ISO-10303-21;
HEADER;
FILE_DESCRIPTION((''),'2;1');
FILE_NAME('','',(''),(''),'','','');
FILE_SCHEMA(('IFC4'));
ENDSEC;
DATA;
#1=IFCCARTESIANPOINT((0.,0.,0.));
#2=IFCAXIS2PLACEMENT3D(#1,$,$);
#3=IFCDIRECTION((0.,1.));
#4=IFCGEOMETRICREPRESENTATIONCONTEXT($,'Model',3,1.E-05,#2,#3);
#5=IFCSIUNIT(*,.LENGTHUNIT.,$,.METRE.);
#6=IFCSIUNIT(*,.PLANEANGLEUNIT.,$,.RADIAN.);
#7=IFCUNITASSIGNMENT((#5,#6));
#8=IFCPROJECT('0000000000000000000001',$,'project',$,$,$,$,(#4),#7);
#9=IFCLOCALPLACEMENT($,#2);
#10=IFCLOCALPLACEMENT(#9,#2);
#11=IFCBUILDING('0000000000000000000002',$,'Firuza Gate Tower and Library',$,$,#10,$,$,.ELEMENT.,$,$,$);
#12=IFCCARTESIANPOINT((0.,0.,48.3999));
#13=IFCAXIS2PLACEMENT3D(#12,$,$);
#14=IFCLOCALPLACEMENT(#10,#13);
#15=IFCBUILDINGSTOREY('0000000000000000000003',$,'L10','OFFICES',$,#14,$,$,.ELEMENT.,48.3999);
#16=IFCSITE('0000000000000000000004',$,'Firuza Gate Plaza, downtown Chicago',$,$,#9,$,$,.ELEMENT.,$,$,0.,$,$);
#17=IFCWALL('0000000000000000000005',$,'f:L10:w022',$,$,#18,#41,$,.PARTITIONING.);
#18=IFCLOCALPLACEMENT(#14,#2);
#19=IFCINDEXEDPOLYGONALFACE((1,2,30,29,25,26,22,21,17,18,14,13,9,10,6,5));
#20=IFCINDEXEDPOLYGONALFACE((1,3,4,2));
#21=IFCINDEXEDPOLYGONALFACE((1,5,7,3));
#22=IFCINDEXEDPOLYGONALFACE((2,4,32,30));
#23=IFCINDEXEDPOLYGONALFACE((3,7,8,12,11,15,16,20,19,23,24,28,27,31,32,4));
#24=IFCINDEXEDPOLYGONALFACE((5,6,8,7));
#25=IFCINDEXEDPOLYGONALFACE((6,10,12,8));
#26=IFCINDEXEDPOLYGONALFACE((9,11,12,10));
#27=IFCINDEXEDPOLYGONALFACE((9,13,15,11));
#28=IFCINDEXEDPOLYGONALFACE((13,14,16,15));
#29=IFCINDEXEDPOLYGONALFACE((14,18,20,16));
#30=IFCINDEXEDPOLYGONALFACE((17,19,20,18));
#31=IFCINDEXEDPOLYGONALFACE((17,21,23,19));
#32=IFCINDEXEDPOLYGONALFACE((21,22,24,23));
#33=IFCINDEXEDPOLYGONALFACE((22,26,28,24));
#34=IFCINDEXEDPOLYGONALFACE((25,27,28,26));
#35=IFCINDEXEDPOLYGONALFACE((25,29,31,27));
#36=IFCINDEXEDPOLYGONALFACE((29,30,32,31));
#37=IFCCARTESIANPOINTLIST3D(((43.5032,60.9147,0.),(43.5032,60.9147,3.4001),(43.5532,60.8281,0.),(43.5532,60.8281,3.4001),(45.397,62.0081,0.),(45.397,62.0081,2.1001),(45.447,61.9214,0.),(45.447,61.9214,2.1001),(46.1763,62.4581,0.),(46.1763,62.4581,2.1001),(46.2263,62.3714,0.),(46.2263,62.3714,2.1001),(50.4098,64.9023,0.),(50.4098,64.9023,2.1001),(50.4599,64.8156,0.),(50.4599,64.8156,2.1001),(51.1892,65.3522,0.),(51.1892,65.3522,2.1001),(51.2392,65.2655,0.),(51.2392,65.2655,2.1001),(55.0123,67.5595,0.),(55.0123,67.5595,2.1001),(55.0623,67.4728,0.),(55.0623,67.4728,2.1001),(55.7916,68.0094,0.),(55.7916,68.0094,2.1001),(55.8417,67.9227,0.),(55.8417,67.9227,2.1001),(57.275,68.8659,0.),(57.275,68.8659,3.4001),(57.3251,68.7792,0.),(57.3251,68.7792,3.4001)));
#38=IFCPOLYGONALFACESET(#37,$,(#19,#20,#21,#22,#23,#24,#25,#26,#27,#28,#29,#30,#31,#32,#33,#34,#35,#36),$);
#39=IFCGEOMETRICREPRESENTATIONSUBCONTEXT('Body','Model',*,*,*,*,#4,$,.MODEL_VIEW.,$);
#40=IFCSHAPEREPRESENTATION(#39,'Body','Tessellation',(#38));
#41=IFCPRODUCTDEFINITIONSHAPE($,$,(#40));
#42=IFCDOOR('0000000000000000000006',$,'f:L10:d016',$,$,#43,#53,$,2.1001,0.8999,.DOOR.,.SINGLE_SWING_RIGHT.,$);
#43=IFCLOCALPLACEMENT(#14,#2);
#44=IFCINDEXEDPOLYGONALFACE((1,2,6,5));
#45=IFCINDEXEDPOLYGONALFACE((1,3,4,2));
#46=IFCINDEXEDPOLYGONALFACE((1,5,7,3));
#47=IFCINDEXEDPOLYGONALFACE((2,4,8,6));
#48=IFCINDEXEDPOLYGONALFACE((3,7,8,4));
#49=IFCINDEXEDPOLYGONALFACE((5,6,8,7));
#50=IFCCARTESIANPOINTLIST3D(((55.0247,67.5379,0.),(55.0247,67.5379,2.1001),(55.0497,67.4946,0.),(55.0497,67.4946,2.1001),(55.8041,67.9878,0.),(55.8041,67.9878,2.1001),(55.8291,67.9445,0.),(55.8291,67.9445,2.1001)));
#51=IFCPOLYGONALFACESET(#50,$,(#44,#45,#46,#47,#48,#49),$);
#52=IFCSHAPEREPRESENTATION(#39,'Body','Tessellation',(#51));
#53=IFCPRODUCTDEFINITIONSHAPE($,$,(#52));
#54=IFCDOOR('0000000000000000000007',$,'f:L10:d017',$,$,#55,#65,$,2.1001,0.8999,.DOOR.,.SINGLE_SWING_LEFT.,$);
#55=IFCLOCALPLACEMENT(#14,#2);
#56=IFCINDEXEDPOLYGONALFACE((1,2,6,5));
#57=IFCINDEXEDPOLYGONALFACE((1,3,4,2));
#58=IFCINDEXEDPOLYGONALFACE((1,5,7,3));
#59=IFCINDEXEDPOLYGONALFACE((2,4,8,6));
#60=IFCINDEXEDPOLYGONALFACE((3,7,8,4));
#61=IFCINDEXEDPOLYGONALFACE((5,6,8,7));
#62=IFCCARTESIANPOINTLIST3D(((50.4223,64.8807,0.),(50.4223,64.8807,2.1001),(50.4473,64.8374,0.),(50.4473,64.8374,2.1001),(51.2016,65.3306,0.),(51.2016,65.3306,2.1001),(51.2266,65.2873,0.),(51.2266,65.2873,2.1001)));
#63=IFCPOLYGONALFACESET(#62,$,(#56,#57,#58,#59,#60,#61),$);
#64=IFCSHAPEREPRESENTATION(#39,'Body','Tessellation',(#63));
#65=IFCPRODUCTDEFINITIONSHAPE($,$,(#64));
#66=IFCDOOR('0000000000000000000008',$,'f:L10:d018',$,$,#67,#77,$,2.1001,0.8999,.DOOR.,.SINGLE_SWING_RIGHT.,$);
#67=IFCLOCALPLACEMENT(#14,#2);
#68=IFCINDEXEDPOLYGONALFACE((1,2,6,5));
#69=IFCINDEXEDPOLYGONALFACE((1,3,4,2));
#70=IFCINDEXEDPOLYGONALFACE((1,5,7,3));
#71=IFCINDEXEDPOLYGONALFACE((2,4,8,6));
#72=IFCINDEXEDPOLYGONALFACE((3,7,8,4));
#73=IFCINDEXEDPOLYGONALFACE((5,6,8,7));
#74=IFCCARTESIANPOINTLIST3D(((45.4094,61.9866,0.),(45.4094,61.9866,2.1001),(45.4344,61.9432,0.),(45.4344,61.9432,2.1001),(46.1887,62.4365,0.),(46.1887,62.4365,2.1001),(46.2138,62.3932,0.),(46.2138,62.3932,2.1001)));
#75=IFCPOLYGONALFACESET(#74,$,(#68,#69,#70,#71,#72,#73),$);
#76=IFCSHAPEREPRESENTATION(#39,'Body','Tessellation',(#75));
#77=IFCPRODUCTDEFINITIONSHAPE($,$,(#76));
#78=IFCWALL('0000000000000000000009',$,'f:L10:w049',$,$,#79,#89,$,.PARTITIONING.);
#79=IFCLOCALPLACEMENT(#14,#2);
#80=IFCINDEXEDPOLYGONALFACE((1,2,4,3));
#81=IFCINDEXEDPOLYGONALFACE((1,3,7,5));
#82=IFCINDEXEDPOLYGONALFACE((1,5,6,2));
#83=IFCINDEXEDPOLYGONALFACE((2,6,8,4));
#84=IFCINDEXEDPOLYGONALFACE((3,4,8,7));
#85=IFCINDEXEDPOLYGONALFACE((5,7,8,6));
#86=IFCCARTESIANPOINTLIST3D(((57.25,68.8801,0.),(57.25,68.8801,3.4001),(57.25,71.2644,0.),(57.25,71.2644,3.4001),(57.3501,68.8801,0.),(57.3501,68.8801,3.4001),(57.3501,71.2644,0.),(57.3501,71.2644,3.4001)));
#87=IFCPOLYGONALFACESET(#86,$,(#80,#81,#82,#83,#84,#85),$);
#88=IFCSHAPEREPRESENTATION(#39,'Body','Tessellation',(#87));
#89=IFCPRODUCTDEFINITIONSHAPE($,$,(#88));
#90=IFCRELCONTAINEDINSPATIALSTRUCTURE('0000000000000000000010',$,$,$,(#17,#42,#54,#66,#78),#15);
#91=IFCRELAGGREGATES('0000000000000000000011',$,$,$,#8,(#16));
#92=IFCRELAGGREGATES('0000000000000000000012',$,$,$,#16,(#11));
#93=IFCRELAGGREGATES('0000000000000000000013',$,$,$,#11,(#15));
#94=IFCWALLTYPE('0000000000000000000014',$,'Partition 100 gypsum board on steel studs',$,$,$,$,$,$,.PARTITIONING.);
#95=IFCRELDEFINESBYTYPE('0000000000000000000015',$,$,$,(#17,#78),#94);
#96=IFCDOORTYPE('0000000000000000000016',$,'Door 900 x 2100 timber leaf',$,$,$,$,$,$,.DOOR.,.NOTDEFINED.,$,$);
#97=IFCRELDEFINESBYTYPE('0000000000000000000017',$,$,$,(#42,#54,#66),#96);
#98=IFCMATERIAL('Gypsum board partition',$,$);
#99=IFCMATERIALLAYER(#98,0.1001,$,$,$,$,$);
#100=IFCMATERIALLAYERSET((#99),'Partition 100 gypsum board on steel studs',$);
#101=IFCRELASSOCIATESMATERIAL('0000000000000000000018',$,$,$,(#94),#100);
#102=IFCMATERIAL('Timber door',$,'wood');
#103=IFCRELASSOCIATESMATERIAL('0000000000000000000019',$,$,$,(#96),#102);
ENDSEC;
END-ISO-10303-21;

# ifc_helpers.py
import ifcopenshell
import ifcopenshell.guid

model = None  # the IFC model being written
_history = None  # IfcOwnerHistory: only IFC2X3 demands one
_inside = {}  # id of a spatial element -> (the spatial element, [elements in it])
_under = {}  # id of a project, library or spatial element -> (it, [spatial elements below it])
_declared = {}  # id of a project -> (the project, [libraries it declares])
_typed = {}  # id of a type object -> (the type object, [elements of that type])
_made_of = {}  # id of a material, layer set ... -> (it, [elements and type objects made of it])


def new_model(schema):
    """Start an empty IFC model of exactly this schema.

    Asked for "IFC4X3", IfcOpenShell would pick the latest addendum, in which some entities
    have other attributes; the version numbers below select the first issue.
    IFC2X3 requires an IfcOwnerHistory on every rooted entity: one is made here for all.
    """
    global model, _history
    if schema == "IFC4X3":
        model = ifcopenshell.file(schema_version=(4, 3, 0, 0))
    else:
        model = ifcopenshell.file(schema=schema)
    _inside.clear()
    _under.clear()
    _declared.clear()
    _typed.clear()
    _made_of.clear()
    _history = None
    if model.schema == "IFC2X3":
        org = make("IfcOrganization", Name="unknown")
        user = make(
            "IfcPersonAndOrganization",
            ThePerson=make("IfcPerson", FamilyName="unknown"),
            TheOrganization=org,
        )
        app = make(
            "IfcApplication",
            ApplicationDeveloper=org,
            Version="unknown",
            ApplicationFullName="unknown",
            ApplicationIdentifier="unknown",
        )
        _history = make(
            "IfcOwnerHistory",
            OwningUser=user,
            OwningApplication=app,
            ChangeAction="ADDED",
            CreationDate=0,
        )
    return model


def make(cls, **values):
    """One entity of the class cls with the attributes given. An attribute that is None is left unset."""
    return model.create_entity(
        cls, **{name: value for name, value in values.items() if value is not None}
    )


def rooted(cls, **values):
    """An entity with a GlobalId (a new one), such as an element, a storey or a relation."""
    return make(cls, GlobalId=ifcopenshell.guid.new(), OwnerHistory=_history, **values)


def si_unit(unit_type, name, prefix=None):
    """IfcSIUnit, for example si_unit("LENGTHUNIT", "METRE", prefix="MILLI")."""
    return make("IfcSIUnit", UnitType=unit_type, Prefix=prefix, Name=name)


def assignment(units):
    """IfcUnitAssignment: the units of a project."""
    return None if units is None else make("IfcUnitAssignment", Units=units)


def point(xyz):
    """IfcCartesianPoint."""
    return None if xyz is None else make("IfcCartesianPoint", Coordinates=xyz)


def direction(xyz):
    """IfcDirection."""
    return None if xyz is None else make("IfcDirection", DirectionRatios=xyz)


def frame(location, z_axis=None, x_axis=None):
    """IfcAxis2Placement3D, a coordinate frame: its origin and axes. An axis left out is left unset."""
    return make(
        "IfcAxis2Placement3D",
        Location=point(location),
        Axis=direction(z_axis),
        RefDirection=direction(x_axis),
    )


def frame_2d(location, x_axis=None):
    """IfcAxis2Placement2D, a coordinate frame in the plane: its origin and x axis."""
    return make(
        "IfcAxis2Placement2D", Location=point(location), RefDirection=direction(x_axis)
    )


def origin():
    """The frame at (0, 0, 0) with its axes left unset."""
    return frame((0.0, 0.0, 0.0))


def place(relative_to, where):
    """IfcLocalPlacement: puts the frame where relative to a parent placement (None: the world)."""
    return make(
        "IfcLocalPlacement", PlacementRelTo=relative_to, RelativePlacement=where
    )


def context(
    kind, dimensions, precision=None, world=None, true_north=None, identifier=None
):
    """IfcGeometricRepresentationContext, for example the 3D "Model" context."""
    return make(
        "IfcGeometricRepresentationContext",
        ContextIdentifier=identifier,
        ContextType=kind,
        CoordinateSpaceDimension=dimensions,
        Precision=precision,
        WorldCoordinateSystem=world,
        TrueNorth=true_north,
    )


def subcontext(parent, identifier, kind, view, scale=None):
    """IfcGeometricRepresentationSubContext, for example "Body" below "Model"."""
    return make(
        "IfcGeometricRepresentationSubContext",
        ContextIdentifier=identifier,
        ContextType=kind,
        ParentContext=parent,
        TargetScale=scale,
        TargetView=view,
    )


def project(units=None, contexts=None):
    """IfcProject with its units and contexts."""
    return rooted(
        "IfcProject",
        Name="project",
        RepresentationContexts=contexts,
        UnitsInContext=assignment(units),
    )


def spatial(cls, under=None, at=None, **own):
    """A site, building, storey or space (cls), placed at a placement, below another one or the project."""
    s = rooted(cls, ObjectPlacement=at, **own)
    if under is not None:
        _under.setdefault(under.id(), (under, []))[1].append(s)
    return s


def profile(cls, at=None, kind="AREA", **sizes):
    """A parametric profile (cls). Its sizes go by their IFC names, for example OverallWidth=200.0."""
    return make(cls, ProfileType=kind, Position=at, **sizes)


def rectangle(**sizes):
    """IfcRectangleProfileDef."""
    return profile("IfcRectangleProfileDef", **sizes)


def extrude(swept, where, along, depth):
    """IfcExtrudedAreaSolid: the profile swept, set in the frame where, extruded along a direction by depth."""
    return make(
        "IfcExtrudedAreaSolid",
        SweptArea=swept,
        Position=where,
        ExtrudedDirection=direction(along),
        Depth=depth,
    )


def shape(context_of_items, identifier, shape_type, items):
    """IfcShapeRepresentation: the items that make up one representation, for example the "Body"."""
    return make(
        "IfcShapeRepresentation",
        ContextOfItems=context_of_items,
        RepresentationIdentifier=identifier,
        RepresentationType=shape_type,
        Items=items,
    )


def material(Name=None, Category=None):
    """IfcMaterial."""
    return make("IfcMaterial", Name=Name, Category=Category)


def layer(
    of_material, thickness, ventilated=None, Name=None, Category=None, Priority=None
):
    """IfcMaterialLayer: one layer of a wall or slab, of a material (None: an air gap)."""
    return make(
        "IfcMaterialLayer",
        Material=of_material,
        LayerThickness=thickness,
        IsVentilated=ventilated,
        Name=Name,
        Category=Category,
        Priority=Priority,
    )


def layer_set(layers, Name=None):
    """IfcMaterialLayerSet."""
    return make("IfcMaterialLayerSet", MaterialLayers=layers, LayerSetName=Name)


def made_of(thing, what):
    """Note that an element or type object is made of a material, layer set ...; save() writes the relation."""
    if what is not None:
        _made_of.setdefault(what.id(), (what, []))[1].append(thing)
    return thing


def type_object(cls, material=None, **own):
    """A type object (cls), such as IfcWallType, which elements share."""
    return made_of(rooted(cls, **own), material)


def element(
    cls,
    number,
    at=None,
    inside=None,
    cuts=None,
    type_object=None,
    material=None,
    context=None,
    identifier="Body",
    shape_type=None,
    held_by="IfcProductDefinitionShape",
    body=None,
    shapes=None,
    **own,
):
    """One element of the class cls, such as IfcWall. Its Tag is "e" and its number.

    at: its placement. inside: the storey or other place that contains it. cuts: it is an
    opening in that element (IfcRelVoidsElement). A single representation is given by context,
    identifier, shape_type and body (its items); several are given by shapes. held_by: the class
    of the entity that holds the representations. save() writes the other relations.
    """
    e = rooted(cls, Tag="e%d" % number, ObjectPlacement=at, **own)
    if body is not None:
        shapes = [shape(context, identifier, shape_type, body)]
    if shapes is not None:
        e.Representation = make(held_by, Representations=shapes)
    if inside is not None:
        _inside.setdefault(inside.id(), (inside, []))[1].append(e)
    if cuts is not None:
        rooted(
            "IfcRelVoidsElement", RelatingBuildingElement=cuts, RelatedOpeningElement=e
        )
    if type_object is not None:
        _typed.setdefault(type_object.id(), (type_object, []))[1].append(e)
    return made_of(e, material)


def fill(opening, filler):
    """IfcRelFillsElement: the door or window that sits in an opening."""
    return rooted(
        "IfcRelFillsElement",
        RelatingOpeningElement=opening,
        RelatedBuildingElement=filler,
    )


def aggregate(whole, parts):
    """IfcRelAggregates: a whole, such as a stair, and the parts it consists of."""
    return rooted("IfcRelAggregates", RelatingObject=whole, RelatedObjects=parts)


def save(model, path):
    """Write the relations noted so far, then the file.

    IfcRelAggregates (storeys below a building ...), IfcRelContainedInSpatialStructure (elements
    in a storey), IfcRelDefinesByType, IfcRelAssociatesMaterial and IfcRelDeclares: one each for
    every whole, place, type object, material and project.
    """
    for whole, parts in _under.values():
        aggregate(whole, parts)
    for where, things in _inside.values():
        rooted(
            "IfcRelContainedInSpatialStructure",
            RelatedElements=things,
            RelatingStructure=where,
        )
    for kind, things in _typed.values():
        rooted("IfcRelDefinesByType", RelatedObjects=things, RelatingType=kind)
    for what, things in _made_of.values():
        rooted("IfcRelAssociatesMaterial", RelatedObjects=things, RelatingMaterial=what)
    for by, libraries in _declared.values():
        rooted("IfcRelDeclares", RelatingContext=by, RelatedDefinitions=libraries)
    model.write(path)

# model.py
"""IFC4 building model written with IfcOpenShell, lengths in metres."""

from ifc_helpers import new_model, si_unit, direction, frame, frame_2d, origin, place, context, subcontext, project, spatial, rectangle, extrude, material, layer, layer_set, type_object, element, fill, save


model = new_model("IFC4")

# Units and contexts
model_context = context("Model", 3, precision=1e-05, world=origin(), true_north=direction((0.0, 1.0)))
body_context = subcontext(model_context, "Body", "Model", "MODEL_VIEW")
ifc_project = project(units=[si_unit("LENGTHUNIT", "METRE"), si_unit("PLANEANGLEUNIT", "RADIAN")], contexts=[model_context])

# Site, building, storey
site_placement = place(None, origin())
site = spatial("IfcSite", under=ifc_project, at=site_placement, Name="Firuza Gate Plaza, downtown Chicago", CompositionType="ELEMENT", RefElevation=0.0)
building_placement = place(site_placement, origin())
building = spatial("IfcBuilding", under=site, at=building_placement, Name="Firuza Gate Tower and Library", CompositionType="ELEMENT")
storey_placement = place(building_placement, frame((0.0, 0.0, 48.3999)))
storey = spatial("IfcBuildingStorey", under=building, at=storey_placement, Name="L10", Description="OFFICES", CompositionType="ELEMENT", Elevation=48.3999)

# Wall, openings, doors
ifc_material_1 = material(Name="Gypsum board partition")
ifc_layer_1 = layer(ifc_material_1, 0.1001)
ifc_layer_set_1 = layer_set([ifc_layer_1], Name="Partition 100 gypsum board on steel studs")
wall_type_1 = type_object("IfcWallType", Name="Partition 100 gypsum board on steel studs", PredefinedType="PARTITIONING", material=ifc_layer_set_1)
wall_1_placement = place(storey_placement, frame((57.3, 68.8225, 0.0), z_axis=(0.0, 0.0, 1.0), x_axis=(-0.866028, -0.499996, 0.0)))
wall_1 = element("IfcWall", 1, at=wall_1_placement, inside=storey, type_object=wall_type_1, Name="f:L10:w022", PredefinedType="PARTITIONING", context=body_context, shape_type="SweptSolid", body=[
    extrude(rectangle(XDim=15.9023, YDim=0.1001, at=frame_2d((7.9512, 0.0))), origin(), (0.0, 0.0, 1.0), 3.4001),
])
opening_1_placement = place(wall_1_placement, frame((1.7129, 0.0, 0.0)))
opening_1 = element("IfcOpeningElement", 2, at=opening_1_placement, cuts=wall_1, PredefinedType="OPENING", context=body_context, shape_type="SweptSolid", body=[
    extrude(rectangle(XDim=0.8999, YDim=2.1001, at=frame_2d((0.45, 1.05))), frame((0.0, 0.0601, 0.0), z_axis=(0.0, -1.0, 0.0), x_axis=(1.0, 0.0, 0.0)), (0.0, 0.0, 1.0), 0.1201),
])
opening_2_placement = place(wall_1_placement, frame((7.0273, 0.0, 0.0)))
opening_2 = element("IfcOpeningElement", 3, at=opening_2_placement, cuts=wall_1, PredefinedType="OPENING", context=body_context, shape_type="SweptSolid", body=[
    extrude(rectangle(XDim=0.8999, YDim=2.1001, at=frame_2d((0.45, 1.05))), frame((0.0, 0.0601, 0.0), z_axis=(0.0, -1.0, 0.0), x_axis=(1.0, 0.0, 0.0)), (0.0, 0.0, 1.0), 0.1201),
])
opening_3_placement = place(wall_1_placement, frame((12.8157, 0.0, 0.0)))
opening_3 = element("IfcOpeningElement", 4, at=opening_3_placement, cuts=wall_1, PredefinedType="OPENING", context=body_context, shape_type="SweptSolid", body=[
    extrude(rectangle(XDim=0.8999, YDim=2.1001, at=frame_2d((0.45, 1.05))), frame((0.0, 0.0601, 0.0), z_axis=(0.0, -1.0, 0.0), x_axis=(1.0, 0.0, 0.0)), (0.0, 0.0, 1.0), 0.1201),
])
ifc_material_2 = material(Name="Timber door", Category="wood")
door_type_1 = type_object("IfcDoorType", Name="Door 900 x 2100 timber leaf", OperationType="NOTDEFINED", PredefinedType="DOOR", material=ifc_material_2)
door_1_placement = place(opening_1_placement, origin())
door_1 = element("IfcDoor", 5, at=door_1_placement, inside=storey, type_object=door_type_1, Name="f:L10:d016", OperationType="SINGLE_SWING_RIGHT", OverallHeight=2.1001, OverallWidth=0.8999, PredefinedType="DOOR", context=body_context, shape_type="SweptSolid", body=[
    extrude(rectangle(XDim=0.8999, YDim=2.1001, at=frame_2d((0.45, 1.05))), frame((0.0, 0.0249, 0.0), z_axis=(0.0, -1.0, 0.0), x_axis=(1.0, 0.0, 0.0)), (0.0, 0.0, 1.0), 0.05),
])
fill(opening_1, door_1)
door_2_placement = place(opening_2_placement, origin())
door_2 = element("IfcDoor", 6, at=door_2_placement, inside=storey, type_object=door_type_1, Name="f:L10:d017", OperationType="SINGLE_SWING_LEFT", OverallHeight=2.1001, OverallWidth=0.8999, PredefinedType="DOOR", context=body_context, shape_type="SweptSolid", body=[
    extrude(rectangle(XDim=0.8999, YDim=2.1001, at=frame_2d((0.45, 1.05))), frame((0.0, 0.0249, 0.0), z_axis=(0.0, -1.0, 0.0), x_axis=(1.0, 0.0, 0.0)), (0.0, 0.0, 1.0), 0.05),
])
fill(opening_2, door_2)
door_3_placement = place(opening_3_placement, origin())
door_3 = element("IfcDoor", 7, at=door_3_placement, inside=storey, type_object=door_type_1, Name="f:L10:d018", OperationType="SINGLE_SWING_RIGHT", OverallHeight=2.1001, OverallWidth=0.8999, PredefinedType="DOOR", context=body_context, shape_type="SweptSolid", body=[
    extrude(rectangle(XDim=0.8999, YDim=2.1001, at=frame_2d((0.45, 1.05))), frame((0.0, 0.0249, 0.0), z_axis=(0.0, -1.0, 0.0), x_axis=(1.0, 0.0, 0.0)), (0.0, 0.0, 1.0), 0.05),
])
fill(opening_3, door_3)

# Wall
wall_2_placement = place(storey_placement, frame((57.3, 68.8801, 0.0), z_axis=(0.0, 0.0, 1.0), x_axis=(0.0, 1.0, 0.0)))
element("IfcWall", 8, at=wall_2_placement, inside=storey, type_object=wall_type_1, Name="f:L10:w049", PredefinedType="PARTITIONING", context=body_context, shape_type="SweptSolid", body=[
    extrude(rectangle(XDim=2.3843, YDim=0.1001, at=frame_2d((1.1921, 0.0))), origin(), (0.0, 0.0, 1.0), 3.4001),
])

save(model, "model.ifc")
